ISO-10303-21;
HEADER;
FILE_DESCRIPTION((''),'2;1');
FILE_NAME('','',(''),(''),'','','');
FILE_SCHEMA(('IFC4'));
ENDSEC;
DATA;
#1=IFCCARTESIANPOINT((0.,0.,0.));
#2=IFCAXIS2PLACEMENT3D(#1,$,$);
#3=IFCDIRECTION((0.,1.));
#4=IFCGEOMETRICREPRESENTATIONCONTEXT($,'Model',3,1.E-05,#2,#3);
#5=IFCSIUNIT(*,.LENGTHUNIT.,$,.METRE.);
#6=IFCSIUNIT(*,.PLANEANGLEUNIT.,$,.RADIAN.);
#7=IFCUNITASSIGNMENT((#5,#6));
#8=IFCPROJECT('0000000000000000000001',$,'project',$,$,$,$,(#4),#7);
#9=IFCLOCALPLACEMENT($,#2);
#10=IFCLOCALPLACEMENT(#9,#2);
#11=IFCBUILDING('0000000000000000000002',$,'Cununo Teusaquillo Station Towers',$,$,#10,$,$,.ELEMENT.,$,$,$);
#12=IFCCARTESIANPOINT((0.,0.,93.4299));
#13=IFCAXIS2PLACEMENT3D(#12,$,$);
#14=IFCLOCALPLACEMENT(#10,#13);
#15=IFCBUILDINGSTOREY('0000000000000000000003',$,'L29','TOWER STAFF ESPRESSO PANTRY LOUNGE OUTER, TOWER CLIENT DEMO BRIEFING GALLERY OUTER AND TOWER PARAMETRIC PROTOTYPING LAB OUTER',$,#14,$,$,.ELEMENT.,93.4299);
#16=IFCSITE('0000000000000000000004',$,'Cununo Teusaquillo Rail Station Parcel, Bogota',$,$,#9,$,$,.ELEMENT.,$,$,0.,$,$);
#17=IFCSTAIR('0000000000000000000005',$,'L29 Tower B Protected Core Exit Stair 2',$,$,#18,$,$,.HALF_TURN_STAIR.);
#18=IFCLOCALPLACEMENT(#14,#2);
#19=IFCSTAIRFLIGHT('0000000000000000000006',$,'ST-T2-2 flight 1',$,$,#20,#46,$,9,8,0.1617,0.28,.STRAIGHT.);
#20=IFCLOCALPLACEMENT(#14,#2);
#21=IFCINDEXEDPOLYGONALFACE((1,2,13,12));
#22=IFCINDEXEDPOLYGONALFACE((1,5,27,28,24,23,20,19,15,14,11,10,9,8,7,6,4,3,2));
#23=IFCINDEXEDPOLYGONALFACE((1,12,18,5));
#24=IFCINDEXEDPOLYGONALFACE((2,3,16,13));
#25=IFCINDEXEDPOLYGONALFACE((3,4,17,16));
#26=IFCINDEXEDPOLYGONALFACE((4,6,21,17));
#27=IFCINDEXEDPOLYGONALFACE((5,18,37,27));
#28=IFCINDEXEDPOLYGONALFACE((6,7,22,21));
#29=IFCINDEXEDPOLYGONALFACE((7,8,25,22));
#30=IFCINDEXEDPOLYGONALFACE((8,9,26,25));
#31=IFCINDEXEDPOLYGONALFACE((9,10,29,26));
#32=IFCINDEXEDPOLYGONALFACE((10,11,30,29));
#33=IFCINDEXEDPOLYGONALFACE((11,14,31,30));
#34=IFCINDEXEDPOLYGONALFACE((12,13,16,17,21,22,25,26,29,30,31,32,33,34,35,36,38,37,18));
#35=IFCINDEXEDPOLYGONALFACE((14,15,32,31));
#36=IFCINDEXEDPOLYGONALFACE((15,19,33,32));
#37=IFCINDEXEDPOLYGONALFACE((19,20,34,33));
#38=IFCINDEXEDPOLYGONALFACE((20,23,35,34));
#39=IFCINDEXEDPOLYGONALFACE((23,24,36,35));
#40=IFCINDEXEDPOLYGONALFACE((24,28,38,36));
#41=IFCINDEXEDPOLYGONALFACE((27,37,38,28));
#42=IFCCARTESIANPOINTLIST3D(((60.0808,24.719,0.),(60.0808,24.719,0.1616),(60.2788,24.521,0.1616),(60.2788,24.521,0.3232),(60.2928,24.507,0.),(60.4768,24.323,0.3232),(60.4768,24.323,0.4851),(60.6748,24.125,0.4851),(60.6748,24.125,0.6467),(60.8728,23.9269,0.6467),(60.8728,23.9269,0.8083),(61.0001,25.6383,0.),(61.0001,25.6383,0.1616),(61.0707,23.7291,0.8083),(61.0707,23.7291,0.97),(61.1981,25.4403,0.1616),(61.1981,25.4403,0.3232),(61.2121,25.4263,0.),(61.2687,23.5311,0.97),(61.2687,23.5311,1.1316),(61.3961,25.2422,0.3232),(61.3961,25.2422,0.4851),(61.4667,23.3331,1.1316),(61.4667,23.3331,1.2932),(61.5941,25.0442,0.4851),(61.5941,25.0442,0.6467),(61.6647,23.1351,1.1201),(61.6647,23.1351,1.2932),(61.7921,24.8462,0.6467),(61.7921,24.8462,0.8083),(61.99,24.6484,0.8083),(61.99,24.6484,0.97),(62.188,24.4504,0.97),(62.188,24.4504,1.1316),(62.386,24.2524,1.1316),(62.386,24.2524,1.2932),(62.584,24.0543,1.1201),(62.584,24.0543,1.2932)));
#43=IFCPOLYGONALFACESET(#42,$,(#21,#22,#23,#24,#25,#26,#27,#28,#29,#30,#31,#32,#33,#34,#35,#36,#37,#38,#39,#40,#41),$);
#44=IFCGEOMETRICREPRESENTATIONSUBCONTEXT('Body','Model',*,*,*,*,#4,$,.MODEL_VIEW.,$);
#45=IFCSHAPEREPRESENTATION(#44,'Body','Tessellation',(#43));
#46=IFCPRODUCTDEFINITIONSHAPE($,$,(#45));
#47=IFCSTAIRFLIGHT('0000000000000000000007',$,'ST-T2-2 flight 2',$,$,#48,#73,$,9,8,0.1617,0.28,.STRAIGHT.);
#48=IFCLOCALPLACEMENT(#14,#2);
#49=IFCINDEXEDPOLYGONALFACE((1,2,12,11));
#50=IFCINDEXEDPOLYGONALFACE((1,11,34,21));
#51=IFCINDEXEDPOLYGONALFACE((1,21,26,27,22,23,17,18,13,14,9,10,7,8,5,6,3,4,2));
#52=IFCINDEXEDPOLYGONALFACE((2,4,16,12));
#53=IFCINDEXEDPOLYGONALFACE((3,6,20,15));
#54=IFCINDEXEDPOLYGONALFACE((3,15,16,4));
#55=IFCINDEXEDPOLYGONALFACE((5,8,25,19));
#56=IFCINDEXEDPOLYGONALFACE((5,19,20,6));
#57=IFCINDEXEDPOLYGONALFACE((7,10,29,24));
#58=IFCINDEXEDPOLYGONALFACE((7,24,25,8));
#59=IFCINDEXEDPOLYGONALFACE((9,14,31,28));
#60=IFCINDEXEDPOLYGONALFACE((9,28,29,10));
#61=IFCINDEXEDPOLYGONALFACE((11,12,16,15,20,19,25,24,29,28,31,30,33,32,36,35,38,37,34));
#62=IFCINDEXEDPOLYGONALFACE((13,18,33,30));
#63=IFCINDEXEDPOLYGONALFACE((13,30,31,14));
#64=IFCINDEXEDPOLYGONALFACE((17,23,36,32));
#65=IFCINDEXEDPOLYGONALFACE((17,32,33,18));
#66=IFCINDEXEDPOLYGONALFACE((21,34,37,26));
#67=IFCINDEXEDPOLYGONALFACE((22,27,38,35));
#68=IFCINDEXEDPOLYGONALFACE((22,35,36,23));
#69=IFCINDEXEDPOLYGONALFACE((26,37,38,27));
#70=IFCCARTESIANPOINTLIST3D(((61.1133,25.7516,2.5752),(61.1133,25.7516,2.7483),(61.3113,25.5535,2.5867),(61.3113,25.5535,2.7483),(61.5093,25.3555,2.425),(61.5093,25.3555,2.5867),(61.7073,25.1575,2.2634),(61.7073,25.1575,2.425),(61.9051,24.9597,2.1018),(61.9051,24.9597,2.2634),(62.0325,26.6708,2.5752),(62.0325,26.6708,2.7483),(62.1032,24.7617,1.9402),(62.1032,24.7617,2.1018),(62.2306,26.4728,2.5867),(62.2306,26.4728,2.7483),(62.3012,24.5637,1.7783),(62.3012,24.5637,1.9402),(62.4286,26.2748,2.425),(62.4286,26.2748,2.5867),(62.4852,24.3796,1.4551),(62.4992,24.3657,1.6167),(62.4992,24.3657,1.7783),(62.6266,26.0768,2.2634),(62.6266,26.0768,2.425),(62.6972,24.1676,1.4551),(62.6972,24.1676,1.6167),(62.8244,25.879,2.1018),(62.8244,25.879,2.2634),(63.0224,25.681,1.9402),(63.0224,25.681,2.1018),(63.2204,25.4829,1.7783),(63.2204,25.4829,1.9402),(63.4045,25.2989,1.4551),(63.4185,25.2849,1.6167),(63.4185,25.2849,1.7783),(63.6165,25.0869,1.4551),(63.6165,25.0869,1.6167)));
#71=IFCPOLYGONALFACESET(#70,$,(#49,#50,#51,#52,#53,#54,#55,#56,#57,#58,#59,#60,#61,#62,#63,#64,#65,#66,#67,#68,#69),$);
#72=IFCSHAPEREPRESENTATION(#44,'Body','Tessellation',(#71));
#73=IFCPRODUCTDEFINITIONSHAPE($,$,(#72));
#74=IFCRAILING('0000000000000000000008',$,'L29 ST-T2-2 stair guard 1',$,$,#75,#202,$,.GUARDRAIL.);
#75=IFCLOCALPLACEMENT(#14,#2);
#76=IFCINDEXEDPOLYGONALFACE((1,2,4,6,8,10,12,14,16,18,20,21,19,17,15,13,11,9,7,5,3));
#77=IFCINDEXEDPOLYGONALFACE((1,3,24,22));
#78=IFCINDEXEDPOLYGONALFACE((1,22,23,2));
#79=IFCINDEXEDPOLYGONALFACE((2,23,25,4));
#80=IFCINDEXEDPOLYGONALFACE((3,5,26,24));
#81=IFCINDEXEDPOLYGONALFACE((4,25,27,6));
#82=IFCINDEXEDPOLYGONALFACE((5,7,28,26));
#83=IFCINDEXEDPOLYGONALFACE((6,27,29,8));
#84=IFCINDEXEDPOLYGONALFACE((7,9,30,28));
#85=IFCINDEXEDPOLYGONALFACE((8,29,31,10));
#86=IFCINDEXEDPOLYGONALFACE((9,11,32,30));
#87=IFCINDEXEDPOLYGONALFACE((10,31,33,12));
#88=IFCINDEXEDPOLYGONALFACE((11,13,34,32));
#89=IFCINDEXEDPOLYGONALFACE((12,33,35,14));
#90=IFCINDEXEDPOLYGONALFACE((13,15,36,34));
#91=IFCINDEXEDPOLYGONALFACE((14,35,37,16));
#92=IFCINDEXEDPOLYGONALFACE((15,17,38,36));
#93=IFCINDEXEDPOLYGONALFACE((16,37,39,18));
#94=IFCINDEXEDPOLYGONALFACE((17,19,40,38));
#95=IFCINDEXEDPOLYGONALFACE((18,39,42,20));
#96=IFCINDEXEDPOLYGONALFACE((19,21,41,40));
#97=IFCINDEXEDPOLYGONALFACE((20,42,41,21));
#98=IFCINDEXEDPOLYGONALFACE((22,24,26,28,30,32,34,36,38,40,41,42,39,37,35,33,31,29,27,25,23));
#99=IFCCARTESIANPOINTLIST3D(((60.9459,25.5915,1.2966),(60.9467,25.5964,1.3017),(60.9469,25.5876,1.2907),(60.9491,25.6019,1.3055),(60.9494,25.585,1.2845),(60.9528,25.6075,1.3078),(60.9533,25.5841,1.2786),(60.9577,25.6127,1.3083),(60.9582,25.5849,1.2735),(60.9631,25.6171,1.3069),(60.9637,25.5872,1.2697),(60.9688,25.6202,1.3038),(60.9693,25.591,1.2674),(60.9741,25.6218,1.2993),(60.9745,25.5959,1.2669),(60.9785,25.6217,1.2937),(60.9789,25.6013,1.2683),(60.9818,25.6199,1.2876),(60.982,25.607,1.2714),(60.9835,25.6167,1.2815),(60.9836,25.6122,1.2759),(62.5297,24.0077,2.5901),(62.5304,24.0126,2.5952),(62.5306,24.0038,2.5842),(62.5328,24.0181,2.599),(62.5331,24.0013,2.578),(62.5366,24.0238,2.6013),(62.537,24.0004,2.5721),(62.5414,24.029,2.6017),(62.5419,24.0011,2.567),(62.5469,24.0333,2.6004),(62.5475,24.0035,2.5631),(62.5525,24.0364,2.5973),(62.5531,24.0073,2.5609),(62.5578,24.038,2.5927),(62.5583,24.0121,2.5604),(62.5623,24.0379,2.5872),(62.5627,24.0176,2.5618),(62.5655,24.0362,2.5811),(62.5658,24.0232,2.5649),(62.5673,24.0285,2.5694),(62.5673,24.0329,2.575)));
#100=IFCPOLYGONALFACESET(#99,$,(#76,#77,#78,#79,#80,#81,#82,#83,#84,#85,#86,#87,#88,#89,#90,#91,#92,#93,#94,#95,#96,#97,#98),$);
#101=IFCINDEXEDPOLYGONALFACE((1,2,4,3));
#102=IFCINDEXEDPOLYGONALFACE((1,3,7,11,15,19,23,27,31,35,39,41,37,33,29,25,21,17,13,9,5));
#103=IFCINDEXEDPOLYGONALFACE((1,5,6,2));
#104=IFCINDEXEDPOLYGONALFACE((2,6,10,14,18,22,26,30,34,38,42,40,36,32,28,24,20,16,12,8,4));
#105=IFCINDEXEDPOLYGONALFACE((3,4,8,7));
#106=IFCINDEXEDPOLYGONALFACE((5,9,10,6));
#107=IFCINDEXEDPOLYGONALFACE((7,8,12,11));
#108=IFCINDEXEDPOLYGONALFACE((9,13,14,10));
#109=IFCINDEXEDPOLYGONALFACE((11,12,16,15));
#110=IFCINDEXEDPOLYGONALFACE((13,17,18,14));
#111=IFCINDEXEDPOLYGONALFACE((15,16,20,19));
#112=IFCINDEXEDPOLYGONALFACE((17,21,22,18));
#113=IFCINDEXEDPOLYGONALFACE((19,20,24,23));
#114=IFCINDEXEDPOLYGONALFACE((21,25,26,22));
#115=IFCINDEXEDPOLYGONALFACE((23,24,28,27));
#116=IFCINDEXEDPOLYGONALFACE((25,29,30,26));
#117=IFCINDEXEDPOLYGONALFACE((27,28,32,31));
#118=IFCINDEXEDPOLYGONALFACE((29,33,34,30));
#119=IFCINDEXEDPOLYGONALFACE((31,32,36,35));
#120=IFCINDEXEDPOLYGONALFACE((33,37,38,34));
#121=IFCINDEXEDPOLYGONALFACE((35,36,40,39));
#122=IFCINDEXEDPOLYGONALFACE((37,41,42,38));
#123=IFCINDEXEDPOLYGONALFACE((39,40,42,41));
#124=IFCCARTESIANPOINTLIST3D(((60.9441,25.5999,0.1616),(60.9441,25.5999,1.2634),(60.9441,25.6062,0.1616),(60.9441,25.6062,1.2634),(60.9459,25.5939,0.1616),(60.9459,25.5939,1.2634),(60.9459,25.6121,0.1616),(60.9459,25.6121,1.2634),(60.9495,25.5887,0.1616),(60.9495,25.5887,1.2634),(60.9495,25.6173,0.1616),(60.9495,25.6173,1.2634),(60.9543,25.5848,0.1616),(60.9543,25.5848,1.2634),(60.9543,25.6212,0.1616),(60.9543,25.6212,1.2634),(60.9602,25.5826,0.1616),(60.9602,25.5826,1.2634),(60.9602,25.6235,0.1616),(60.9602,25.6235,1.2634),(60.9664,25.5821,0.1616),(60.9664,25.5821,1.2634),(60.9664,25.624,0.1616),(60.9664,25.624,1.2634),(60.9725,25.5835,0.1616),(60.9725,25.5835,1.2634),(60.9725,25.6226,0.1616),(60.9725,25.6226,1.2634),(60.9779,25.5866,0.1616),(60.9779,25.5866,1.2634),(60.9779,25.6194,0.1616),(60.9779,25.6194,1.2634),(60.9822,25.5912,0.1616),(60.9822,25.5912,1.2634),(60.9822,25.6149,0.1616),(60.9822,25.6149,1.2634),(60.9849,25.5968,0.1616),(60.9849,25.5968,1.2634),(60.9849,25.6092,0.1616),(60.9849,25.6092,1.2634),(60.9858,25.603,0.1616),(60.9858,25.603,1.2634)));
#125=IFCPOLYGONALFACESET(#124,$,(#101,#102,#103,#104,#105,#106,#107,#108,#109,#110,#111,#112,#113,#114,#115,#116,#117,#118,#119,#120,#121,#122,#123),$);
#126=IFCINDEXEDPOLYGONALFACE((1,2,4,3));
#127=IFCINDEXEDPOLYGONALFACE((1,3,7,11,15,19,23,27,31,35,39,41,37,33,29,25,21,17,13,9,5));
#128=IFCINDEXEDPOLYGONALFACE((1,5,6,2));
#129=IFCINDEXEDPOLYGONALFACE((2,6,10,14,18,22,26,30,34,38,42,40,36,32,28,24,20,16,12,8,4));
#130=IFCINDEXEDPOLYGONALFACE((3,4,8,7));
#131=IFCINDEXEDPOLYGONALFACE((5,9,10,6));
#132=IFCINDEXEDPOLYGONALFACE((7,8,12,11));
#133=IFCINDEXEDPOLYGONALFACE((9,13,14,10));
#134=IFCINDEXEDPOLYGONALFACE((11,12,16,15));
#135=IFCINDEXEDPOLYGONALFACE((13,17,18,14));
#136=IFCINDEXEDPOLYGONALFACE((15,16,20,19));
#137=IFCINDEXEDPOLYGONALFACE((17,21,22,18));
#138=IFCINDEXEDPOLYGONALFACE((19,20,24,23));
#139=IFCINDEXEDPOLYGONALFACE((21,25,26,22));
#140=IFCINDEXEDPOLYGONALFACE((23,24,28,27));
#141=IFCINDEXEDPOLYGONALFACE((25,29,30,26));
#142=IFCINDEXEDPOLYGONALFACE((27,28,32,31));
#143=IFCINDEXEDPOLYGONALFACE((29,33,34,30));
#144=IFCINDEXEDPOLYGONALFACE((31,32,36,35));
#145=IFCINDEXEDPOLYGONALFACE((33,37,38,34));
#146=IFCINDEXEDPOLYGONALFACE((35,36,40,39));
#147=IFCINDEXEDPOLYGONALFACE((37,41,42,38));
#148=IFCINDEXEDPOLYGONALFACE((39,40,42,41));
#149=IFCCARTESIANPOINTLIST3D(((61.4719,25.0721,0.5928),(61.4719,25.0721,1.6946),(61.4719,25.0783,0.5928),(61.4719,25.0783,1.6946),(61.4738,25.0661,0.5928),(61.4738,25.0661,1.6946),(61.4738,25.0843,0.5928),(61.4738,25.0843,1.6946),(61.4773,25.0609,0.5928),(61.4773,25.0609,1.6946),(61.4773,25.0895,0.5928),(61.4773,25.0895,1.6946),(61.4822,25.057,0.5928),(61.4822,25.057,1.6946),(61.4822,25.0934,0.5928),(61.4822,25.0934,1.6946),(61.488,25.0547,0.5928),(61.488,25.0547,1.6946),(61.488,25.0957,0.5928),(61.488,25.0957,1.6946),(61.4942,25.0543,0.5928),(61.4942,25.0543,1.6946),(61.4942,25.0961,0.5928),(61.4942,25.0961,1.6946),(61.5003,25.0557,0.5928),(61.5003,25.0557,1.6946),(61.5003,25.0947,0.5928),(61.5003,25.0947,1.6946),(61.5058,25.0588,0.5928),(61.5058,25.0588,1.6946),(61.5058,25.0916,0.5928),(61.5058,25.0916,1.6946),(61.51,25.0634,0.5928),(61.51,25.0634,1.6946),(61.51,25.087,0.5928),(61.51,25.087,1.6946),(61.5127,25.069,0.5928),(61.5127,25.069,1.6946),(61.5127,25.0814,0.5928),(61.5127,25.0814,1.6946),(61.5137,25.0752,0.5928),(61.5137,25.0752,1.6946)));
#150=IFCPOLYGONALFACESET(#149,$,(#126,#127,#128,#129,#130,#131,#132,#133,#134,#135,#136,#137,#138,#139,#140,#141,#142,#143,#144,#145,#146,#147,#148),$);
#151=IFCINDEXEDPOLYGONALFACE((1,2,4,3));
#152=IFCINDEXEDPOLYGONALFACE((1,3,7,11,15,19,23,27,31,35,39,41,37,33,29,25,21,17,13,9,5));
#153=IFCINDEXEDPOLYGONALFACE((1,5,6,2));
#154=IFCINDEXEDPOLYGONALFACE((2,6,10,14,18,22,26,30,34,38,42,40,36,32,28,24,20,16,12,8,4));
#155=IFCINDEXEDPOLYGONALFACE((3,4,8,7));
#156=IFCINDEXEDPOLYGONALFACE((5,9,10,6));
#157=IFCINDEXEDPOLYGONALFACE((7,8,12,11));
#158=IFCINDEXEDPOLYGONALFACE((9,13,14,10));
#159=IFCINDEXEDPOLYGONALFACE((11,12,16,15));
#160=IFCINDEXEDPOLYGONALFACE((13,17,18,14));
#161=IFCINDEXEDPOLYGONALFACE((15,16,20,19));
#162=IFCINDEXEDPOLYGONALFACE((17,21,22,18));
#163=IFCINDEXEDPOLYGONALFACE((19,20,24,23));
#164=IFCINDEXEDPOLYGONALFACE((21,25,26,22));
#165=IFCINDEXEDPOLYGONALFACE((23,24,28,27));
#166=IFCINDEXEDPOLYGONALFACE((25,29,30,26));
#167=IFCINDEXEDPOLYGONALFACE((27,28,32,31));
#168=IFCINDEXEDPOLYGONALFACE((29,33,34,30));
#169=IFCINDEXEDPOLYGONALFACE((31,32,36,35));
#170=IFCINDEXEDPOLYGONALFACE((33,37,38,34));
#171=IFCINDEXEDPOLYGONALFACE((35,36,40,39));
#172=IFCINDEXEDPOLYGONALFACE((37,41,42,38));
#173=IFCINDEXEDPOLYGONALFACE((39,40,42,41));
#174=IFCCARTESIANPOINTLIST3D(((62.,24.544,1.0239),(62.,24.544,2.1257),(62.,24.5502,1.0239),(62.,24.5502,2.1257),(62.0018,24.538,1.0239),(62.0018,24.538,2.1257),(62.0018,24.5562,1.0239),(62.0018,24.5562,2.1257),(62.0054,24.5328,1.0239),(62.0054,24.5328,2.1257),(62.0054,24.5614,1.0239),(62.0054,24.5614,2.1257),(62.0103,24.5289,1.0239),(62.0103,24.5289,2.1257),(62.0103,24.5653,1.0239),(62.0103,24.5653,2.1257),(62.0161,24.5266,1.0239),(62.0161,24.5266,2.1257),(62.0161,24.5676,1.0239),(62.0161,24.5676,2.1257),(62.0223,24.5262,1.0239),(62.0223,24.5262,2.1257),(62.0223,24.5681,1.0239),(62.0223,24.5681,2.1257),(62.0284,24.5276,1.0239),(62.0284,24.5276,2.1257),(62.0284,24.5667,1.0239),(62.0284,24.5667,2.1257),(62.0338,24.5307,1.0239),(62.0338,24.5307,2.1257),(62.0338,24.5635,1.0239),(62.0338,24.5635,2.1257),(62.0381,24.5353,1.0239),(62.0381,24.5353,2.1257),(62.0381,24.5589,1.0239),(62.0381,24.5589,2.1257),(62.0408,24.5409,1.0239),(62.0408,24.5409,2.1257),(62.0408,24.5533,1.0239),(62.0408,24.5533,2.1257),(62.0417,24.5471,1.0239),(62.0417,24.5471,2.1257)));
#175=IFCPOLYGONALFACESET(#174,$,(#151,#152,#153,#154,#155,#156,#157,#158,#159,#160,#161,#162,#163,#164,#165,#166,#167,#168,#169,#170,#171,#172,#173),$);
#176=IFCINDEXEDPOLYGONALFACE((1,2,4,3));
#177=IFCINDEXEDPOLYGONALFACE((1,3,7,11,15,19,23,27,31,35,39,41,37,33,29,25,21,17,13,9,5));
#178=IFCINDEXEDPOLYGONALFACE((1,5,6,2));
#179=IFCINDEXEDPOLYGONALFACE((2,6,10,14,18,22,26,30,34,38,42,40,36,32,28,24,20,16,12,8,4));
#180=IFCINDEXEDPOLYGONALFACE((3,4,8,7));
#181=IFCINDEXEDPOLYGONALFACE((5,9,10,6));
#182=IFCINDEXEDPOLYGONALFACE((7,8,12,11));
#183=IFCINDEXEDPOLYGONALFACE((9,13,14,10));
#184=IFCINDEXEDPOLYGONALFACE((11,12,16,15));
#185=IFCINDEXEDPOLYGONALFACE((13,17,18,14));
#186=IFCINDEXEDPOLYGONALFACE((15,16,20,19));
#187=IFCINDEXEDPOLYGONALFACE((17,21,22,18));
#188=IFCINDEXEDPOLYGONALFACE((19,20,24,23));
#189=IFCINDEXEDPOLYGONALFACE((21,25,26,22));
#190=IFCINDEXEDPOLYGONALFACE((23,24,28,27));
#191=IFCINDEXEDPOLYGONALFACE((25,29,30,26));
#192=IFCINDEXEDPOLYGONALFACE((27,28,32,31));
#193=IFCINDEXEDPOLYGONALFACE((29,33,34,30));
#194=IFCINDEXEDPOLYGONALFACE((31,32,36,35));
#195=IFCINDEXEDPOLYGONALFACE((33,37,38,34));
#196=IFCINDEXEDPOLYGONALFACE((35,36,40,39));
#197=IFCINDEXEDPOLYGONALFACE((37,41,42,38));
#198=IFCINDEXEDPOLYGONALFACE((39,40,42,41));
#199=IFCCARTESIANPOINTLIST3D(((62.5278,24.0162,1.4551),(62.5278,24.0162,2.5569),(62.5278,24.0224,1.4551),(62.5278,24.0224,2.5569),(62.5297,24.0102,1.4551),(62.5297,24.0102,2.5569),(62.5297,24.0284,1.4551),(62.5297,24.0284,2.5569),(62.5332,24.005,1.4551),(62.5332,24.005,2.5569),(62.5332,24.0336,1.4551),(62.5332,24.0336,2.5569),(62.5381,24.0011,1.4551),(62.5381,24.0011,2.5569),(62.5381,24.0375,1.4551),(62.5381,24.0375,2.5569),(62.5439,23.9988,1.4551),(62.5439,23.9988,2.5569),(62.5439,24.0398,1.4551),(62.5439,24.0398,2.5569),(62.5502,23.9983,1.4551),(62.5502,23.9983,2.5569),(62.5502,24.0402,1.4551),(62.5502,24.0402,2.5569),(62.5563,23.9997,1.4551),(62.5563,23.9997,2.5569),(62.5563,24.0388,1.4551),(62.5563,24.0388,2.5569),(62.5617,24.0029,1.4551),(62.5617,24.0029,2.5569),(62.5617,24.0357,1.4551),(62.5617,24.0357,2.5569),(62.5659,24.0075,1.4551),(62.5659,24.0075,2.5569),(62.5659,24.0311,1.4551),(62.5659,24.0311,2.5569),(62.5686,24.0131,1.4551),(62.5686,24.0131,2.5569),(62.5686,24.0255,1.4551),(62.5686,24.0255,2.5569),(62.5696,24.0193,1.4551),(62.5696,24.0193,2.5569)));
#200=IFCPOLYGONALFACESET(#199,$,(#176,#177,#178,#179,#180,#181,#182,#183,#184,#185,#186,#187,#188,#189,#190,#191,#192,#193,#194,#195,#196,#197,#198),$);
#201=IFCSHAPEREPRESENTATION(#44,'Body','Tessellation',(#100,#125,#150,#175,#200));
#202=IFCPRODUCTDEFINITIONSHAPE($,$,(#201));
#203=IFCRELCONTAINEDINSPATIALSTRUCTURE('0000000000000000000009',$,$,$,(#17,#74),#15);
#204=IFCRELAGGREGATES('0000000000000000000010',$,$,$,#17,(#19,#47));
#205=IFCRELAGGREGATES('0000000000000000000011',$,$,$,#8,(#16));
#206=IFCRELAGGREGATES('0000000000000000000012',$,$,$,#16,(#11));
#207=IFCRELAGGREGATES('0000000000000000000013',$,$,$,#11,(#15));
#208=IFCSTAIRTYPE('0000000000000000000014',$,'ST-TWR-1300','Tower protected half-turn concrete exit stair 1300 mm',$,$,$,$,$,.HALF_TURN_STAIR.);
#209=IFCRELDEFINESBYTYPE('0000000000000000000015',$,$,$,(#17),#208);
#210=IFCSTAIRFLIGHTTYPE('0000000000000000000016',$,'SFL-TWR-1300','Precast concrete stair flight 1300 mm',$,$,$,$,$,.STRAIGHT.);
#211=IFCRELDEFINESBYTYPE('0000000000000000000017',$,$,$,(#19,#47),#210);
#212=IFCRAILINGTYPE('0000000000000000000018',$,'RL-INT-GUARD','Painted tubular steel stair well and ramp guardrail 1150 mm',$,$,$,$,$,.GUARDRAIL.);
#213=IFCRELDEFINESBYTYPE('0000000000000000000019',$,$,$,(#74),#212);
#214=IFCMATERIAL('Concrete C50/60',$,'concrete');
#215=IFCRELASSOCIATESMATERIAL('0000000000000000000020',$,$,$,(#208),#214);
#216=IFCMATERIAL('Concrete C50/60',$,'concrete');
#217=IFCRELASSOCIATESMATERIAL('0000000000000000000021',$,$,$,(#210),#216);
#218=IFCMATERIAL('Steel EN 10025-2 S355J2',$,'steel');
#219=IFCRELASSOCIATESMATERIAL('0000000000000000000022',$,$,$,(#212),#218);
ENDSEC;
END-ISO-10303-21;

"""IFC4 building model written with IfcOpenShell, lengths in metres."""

from ifc_helpers import new_model, si_unit, direction, frame, origin, origin_2d, place, context, subcontext, project, spatial, polyline, circle, outline, extrude, material, type_object, element, aggregate, save


model = new_model("IFC4")

# Units and contexts
model_context = context("Model", 3, precision=1e-05, world=origin(), true_north=direction((0.0, 1.0)))
body_context = subcontext(model_context, "Body", "Model", "MODEL_VIEW")
ifc_project = project(units=[si_unit("LENGTHUNIT", "METRE"), si_unit("PLANEANGLEUNIT", "RADIAN")], contexts=[model_context])

# Site, building, storey
site_placement = place(None, origin())
site = spatial("IfcSite", under=ifc_project, at=site_placement, Name="Cununo Teusaquillo Rail Station Parcel, Bogota", CompositionType="ELEMENT", RefElevation=0.0)
building_placement = place(site_placement, origin())
building = spatial("IfcBuilding", under=site, at=building_placement, Name="Cununo Teusaquillo Station Towers", CompositionType="ELEMENT")
storey_placement = place(building_placement, frame((0.0, 0.0, 93.4299)))
storey = spatial("IfcBuildingStorey", under=building, at=storey_placement, Name="L29", Description="TOWER STAFF ESPRESSO PANTRY LOUNGE OUTER, TOWER CLIENT DEMO BRIEFING GALLERY OUTER AND TOWER PARAMETRIC PROTOTYPING LAB OUTER", CompositionType="ELEMENT", Elevation=93.4299)

# Stair, stair flights
ifc_material_1 = material(Name="Concrete C50/60", Category="concrete")
stair_type = type_object("IfcStairType", Name="ST-TWR-1300", Description="Tower protected half-turn concrete exit stair 1300 mm", PredefinedType="HALF_TURN_STAIR", material=ifc_material_1)
stair_placement = place(storey_placement, origin())
stair = element("IfcStair", 1, at=stair_placement, inside=storey, type_object=stair_type, Name="L29 Tower B Protected Core Exit Stair 2", PredefinedType="HALF_TURN_STAIR")
ifc_material_2 = material(Name="Concrete C50/60", Category="concrete")
stair_flight_type = type_object("IfcStairFlightType", Name="SFL-TWR-1300", Description="Precast concrete stair flight 1300 mm", PredefinedType="STRAIGHT", material=ifc_material_2)
stair_flight_1_placement = place(storey_placement, frame((60.5405, 25.1787, 0.0), z_axis=(0.0, 0.0, 1.0), x_axis=(0.707107, -0.707107, 0.0)))
stair_flight_1 = element("IfcStairFlight", 2, at=stair_flight_1_placement, type_object=stair_flight_type, Name="ST-T2-2 flight 1", NumberOfRisers=9, NumberOfTreads=8, PredefinedType="STRAIGHT", RiserHeight=0.1617, TreadLength=0.28, context=body_context, shape_type="SweptSolid", body=[
    extrude(outline(polyline([(0.0, 0.0), (0.0, 0.1616), (0.28, 0.1616), (0.28, 0.3232), (0.5601, 0.3232), (0.5601, 0.4851), (0.8401, 0.4851), (0.8401, 0.6467), (1.1201, 0.6467), (1.1201, 0.8083), (1.3999, 0.8083), (1.3999, 0.97), (1.6799, 0.97), (1.6799, 1.1316), (1.96, 1.1316), (1.96, 1.2932), (2.24, 1.2932), (2.24, 1.4551), (2.24, 1.1201), (0.2998, 0.0), (0.0, 0.0)])), frame((0.0, 0.6499, 0.0), z_axis=(0.0, -1.0, 0.0), x_axis=(1.0, 0.0, 0.0)), (0.0, 0.0, 1.0), 1.3),
])
stair_flight_2_placement = place(storey_placement, frame((63.1567, 24.6272, 1.4551), z_axis=(0.0, 0.0, 1.0), x_axis=(-0.707107, 0.707107, 0.0)))
stair_flight_2 = element("IfcStairFlight", 3, at=stair_flight_2_placement, type_object=stair_flight_type, Name="ST-T2-2 flight 2", NumberOfRisers=9, NumberOfTreads=8, PredefinedType="STRAIGHT", RiserHeight=0.1617, TreadLength=0.28, context=body_context, shape_type="SweptSolid", body=[
    extrude(outline(polyline([(0.0, 0.0), (0.0, 0.1616), (0.28, 0.1616), (0.28, 0.3232), (0.5601, 0.3232), (0.5601, 0.4851), (0.8401, 0.4851), (0.8401, 0.6467), (1.1201, 0.6467), (1.1201, 0.8083), (1.3999, 0.8083), (1.3999, 0.97), (1.6799, 0.97), (1.6799, 1.1316), (1.96, 1.1316), (1.96, 1.2932), (2.24, 1.2932), (2.24, 1.4551), (2.24, 1.1201), (0.2998, 0.0), (0.0, 0.0)])), frame((0.0, 0.6499, 0.0), z_axis=(0.0, -1.0, 0.0), x_axis=(1.0, 0.0, 0.0)), (0.0, 0.0, 1.0), 1.3),
])
aggregate(stair, [stair_flight_1, stair_flight_2])

# Railing
ifc_material_3 = material(Name="Steel EN 10025-2 S355J2", Category="steel")
railing_type_1 = type_object("IfcRailingType", Name="RL-INT-GUARD", Description="Painted tubular steel stair well and ramp guardrail 1150 mm", PredefinedType="GUARDRAIL", material=ifc_material_3)
railing_1_placement = place(storey_placement, frame((60.9648, 25.603, 0.1616)))
element("IfcRailing", 4, at=railing_1_placement, inside=storey, type_object=railing_type_1, Name="L29 ST-T2-2 stair guard 1", PredefinedType="GUARDRAIL", context=body_context, shape_type="SweptSolid", body=[
    extrude(circle(Radius=0.0239, at=origin_2d()), frame((0.0, 0.0, 1.126), z_axis=(0.612332, -0.612332, 0.500098), x_axis=(0.707107, 0.707107, 0.0)), (0.0, 0.0, 1.0), 2.5864),
    extrude(circle(Radius=0.021, at=origin_2d()), origin(), (0.0, 0.0, 1.0), 1.1018),
    extrude(circle(Radius=0.021, at=origin_2d()), frame((0.5278, -0.5278, 0.4312)), (0.0, 0.0, 1.0), 1.1018),
    extrude(circle(Radius=0.021, at=origin_2d()), frame((1.0559, -1.0559, 0.8623)), (0.0, 0.0, 1.0), 1.1018),
    extrude(circle(Radius=0.021, at=origin_2d()), frame((1.5837, -1.5837, 1.2935)), (0.0, 0.0, 1.0), 1.1018),
])

save(model, "model.ifc")
